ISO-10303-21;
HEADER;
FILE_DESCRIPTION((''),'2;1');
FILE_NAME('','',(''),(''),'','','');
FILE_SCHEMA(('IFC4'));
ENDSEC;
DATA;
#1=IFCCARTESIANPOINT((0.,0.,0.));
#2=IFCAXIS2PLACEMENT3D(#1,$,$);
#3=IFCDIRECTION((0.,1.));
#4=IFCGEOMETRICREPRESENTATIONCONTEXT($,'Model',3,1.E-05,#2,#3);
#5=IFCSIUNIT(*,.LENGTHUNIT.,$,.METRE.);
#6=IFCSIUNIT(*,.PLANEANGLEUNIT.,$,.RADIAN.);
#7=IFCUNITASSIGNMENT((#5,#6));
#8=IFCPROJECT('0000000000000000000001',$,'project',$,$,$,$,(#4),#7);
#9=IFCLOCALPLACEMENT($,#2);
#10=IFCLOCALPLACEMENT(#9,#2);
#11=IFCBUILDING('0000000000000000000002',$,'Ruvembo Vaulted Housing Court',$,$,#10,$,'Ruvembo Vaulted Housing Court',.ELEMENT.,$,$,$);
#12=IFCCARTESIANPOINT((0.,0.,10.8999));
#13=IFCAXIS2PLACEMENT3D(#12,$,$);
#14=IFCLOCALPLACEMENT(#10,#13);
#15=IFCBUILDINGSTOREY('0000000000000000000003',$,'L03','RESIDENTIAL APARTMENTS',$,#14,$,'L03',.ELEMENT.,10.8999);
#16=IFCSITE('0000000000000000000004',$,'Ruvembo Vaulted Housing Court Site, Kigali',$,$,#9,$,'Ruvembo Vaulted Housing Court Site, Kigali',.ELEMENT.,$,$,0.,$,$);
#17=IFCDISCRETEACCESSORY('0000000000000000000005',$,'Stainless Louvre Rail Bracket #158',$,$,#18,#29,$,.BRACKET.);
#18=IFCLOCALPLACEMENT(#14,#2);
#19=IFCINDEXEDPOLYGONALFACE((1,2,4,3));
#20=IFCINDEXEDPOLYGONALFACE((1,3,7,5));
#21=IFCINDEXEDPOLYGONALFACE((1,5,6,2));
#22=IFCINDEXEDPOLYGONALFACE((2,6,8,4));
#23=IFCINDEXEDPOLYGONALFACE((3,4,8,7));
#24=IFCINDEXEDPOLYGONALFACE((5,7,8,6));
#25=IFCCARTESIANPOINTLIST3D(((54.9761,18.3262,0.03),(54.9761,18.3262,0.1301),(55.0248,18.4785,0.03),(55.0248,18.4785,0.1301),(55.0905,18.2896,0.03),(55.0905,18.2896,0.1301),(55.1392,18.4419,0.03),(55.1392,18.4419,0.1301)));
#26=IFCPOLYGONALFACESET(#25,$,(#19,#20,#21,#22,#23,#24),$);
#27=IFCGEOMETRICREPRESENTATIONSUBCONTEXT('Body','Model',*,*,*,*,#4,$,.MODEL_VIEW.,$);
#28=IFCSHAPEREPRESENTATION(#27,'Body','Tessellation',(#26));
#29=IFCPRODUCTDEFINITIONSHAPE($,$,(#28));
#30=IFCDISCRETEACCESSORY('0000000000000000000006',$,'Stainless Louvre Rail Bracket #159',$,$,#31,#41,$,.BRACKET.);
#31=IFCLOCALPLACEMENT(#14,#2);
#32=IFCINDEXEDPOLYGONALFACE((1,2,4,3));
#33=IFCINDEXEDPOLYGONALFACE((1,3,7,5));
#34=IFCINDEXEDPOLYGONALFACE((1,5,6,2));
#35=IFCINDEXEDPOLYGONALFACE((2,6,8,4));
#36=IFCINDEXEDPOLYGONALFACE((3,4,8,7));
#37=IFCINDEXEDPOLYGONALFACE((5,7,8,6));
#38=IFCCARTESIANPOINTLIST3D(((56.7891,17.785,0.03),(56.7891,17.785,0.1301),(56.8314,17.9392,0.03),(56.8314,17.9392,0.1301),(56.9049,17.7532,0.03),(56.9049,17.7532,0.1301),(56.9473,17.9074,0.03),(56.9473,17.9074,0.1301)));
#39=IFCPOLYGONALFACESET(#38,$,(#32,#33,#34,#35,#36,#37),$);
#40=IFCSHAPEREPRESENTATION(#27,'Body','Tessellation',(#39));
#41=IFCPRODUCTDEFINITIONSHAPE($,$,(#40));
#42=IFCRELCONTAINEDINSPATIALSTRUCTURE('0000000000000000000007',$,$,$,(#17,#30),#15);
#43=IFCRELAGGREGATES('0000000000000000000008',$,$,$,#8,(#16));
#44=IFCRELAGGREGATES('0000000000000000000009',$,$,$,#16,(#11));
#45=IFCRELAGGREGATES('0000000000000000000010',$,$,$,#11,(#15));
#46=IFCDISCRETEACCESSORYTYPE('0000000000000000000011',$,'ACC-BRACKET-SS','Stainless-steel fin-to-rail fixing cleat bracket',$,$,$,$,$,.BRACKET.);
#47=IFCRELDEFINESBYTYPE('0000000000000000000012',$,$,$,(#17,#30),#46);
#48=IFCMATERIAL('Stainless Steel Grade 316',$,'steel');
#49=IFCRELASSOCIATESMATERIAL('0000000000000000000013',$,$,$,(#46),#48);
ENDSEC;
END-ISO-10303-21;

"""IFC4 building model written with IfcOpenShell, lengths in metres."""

from ifc_helpers import new_model, si_unit, direction, frame, origin, origin_2d, place, context, subcontext, project, spatial, rectangle, extrude, material, type_object, element, save


model = new_model("IFC4")

# Units and contexts
model_context = context("Model", 3, precision=1e-05, world=origin(), true_north=direction((0.0, 1.0)))
body_context = subcontext(model_context, "Body", "Model", "MODEL_VIEW")
ifc_project = project(units=[si_unit("LENGTHUNIT", "METRE"), si_unit("PLANEANGLEUNIT", "RADIAN")], contexts=[model_context])

# Site, building, storey
site_placement = place(None, origin())
site = spatial("IfcSite", under=ifc_project, at=site_placement, Name="Ruvembo Vaulted Housing Court Site, Kigali", LongName="Ruvembo Vaulted Housing Court Site, Kigali", CompositionType="ELEMENT", RefElevation=0.0)
building_placement = place(site_placement, origin())
building = spatial("IfcBuilding", under=site, at=building_placement, Name="Ruvembo Vaulted Housing Court", LongName="Ruvembo Vaulted Housing Court", CompositionType="ELEMENT")
storey_placement = place(building_placement, frame((0.0, 0.0, 10.8999)))
storey = spatial("IfcBuildingStorey", under=building, at=storey_placement, Name="L03", Description="RESIDENTIAL APARTMENTS", LongName="L03", CompositionType="ELEMENT", Elevation=10.8999)

# Discrete accessories
ifc_material_1 = material(Name="Stainless Steel Grade 316", Category="steel")
discrete_accessory_type = type_object("IfcDiscreteAccessoryType", Name="ACC-BRACKET-SS", Description="Stainless-steel fin-to-rail fixing cleat bracket", PredefinedType="BRACKET", material=ifc_material_1)
for number, where, z_axis, x_axis, name in (
    (1, (55.0576, 18.384, 0.03), (0.0, 0.0, 1.0), (-0.304449, -0.952529, 0.0), "Stainless Louvre Rail Bracket #158"),
    (2, (56.8682, 17.8462, 0.03), (0.0, 0.0, 1.0), (-0.264984, -0.964253, 0.0), "Stainless Louvre Rail Bracket #159"),
):
    element("IfcDiscreteAccessory", number, at=place(storey_placement, frame(where, z_axis=z_axis, x_axis=x_axis)), inside=storey, type_object=discrete_accessory_type, Name=name, PredefinedType="BRACKET", context=body_context, shape_type="SweptSolid", body=[
        extrude(rectangle(XDim=0.1599, YDim=0.1201, at=origin_2d()), origin(), (0.0, 0.0, 1.0), 0.1001),
    ])

save(model, "model.ifc")
